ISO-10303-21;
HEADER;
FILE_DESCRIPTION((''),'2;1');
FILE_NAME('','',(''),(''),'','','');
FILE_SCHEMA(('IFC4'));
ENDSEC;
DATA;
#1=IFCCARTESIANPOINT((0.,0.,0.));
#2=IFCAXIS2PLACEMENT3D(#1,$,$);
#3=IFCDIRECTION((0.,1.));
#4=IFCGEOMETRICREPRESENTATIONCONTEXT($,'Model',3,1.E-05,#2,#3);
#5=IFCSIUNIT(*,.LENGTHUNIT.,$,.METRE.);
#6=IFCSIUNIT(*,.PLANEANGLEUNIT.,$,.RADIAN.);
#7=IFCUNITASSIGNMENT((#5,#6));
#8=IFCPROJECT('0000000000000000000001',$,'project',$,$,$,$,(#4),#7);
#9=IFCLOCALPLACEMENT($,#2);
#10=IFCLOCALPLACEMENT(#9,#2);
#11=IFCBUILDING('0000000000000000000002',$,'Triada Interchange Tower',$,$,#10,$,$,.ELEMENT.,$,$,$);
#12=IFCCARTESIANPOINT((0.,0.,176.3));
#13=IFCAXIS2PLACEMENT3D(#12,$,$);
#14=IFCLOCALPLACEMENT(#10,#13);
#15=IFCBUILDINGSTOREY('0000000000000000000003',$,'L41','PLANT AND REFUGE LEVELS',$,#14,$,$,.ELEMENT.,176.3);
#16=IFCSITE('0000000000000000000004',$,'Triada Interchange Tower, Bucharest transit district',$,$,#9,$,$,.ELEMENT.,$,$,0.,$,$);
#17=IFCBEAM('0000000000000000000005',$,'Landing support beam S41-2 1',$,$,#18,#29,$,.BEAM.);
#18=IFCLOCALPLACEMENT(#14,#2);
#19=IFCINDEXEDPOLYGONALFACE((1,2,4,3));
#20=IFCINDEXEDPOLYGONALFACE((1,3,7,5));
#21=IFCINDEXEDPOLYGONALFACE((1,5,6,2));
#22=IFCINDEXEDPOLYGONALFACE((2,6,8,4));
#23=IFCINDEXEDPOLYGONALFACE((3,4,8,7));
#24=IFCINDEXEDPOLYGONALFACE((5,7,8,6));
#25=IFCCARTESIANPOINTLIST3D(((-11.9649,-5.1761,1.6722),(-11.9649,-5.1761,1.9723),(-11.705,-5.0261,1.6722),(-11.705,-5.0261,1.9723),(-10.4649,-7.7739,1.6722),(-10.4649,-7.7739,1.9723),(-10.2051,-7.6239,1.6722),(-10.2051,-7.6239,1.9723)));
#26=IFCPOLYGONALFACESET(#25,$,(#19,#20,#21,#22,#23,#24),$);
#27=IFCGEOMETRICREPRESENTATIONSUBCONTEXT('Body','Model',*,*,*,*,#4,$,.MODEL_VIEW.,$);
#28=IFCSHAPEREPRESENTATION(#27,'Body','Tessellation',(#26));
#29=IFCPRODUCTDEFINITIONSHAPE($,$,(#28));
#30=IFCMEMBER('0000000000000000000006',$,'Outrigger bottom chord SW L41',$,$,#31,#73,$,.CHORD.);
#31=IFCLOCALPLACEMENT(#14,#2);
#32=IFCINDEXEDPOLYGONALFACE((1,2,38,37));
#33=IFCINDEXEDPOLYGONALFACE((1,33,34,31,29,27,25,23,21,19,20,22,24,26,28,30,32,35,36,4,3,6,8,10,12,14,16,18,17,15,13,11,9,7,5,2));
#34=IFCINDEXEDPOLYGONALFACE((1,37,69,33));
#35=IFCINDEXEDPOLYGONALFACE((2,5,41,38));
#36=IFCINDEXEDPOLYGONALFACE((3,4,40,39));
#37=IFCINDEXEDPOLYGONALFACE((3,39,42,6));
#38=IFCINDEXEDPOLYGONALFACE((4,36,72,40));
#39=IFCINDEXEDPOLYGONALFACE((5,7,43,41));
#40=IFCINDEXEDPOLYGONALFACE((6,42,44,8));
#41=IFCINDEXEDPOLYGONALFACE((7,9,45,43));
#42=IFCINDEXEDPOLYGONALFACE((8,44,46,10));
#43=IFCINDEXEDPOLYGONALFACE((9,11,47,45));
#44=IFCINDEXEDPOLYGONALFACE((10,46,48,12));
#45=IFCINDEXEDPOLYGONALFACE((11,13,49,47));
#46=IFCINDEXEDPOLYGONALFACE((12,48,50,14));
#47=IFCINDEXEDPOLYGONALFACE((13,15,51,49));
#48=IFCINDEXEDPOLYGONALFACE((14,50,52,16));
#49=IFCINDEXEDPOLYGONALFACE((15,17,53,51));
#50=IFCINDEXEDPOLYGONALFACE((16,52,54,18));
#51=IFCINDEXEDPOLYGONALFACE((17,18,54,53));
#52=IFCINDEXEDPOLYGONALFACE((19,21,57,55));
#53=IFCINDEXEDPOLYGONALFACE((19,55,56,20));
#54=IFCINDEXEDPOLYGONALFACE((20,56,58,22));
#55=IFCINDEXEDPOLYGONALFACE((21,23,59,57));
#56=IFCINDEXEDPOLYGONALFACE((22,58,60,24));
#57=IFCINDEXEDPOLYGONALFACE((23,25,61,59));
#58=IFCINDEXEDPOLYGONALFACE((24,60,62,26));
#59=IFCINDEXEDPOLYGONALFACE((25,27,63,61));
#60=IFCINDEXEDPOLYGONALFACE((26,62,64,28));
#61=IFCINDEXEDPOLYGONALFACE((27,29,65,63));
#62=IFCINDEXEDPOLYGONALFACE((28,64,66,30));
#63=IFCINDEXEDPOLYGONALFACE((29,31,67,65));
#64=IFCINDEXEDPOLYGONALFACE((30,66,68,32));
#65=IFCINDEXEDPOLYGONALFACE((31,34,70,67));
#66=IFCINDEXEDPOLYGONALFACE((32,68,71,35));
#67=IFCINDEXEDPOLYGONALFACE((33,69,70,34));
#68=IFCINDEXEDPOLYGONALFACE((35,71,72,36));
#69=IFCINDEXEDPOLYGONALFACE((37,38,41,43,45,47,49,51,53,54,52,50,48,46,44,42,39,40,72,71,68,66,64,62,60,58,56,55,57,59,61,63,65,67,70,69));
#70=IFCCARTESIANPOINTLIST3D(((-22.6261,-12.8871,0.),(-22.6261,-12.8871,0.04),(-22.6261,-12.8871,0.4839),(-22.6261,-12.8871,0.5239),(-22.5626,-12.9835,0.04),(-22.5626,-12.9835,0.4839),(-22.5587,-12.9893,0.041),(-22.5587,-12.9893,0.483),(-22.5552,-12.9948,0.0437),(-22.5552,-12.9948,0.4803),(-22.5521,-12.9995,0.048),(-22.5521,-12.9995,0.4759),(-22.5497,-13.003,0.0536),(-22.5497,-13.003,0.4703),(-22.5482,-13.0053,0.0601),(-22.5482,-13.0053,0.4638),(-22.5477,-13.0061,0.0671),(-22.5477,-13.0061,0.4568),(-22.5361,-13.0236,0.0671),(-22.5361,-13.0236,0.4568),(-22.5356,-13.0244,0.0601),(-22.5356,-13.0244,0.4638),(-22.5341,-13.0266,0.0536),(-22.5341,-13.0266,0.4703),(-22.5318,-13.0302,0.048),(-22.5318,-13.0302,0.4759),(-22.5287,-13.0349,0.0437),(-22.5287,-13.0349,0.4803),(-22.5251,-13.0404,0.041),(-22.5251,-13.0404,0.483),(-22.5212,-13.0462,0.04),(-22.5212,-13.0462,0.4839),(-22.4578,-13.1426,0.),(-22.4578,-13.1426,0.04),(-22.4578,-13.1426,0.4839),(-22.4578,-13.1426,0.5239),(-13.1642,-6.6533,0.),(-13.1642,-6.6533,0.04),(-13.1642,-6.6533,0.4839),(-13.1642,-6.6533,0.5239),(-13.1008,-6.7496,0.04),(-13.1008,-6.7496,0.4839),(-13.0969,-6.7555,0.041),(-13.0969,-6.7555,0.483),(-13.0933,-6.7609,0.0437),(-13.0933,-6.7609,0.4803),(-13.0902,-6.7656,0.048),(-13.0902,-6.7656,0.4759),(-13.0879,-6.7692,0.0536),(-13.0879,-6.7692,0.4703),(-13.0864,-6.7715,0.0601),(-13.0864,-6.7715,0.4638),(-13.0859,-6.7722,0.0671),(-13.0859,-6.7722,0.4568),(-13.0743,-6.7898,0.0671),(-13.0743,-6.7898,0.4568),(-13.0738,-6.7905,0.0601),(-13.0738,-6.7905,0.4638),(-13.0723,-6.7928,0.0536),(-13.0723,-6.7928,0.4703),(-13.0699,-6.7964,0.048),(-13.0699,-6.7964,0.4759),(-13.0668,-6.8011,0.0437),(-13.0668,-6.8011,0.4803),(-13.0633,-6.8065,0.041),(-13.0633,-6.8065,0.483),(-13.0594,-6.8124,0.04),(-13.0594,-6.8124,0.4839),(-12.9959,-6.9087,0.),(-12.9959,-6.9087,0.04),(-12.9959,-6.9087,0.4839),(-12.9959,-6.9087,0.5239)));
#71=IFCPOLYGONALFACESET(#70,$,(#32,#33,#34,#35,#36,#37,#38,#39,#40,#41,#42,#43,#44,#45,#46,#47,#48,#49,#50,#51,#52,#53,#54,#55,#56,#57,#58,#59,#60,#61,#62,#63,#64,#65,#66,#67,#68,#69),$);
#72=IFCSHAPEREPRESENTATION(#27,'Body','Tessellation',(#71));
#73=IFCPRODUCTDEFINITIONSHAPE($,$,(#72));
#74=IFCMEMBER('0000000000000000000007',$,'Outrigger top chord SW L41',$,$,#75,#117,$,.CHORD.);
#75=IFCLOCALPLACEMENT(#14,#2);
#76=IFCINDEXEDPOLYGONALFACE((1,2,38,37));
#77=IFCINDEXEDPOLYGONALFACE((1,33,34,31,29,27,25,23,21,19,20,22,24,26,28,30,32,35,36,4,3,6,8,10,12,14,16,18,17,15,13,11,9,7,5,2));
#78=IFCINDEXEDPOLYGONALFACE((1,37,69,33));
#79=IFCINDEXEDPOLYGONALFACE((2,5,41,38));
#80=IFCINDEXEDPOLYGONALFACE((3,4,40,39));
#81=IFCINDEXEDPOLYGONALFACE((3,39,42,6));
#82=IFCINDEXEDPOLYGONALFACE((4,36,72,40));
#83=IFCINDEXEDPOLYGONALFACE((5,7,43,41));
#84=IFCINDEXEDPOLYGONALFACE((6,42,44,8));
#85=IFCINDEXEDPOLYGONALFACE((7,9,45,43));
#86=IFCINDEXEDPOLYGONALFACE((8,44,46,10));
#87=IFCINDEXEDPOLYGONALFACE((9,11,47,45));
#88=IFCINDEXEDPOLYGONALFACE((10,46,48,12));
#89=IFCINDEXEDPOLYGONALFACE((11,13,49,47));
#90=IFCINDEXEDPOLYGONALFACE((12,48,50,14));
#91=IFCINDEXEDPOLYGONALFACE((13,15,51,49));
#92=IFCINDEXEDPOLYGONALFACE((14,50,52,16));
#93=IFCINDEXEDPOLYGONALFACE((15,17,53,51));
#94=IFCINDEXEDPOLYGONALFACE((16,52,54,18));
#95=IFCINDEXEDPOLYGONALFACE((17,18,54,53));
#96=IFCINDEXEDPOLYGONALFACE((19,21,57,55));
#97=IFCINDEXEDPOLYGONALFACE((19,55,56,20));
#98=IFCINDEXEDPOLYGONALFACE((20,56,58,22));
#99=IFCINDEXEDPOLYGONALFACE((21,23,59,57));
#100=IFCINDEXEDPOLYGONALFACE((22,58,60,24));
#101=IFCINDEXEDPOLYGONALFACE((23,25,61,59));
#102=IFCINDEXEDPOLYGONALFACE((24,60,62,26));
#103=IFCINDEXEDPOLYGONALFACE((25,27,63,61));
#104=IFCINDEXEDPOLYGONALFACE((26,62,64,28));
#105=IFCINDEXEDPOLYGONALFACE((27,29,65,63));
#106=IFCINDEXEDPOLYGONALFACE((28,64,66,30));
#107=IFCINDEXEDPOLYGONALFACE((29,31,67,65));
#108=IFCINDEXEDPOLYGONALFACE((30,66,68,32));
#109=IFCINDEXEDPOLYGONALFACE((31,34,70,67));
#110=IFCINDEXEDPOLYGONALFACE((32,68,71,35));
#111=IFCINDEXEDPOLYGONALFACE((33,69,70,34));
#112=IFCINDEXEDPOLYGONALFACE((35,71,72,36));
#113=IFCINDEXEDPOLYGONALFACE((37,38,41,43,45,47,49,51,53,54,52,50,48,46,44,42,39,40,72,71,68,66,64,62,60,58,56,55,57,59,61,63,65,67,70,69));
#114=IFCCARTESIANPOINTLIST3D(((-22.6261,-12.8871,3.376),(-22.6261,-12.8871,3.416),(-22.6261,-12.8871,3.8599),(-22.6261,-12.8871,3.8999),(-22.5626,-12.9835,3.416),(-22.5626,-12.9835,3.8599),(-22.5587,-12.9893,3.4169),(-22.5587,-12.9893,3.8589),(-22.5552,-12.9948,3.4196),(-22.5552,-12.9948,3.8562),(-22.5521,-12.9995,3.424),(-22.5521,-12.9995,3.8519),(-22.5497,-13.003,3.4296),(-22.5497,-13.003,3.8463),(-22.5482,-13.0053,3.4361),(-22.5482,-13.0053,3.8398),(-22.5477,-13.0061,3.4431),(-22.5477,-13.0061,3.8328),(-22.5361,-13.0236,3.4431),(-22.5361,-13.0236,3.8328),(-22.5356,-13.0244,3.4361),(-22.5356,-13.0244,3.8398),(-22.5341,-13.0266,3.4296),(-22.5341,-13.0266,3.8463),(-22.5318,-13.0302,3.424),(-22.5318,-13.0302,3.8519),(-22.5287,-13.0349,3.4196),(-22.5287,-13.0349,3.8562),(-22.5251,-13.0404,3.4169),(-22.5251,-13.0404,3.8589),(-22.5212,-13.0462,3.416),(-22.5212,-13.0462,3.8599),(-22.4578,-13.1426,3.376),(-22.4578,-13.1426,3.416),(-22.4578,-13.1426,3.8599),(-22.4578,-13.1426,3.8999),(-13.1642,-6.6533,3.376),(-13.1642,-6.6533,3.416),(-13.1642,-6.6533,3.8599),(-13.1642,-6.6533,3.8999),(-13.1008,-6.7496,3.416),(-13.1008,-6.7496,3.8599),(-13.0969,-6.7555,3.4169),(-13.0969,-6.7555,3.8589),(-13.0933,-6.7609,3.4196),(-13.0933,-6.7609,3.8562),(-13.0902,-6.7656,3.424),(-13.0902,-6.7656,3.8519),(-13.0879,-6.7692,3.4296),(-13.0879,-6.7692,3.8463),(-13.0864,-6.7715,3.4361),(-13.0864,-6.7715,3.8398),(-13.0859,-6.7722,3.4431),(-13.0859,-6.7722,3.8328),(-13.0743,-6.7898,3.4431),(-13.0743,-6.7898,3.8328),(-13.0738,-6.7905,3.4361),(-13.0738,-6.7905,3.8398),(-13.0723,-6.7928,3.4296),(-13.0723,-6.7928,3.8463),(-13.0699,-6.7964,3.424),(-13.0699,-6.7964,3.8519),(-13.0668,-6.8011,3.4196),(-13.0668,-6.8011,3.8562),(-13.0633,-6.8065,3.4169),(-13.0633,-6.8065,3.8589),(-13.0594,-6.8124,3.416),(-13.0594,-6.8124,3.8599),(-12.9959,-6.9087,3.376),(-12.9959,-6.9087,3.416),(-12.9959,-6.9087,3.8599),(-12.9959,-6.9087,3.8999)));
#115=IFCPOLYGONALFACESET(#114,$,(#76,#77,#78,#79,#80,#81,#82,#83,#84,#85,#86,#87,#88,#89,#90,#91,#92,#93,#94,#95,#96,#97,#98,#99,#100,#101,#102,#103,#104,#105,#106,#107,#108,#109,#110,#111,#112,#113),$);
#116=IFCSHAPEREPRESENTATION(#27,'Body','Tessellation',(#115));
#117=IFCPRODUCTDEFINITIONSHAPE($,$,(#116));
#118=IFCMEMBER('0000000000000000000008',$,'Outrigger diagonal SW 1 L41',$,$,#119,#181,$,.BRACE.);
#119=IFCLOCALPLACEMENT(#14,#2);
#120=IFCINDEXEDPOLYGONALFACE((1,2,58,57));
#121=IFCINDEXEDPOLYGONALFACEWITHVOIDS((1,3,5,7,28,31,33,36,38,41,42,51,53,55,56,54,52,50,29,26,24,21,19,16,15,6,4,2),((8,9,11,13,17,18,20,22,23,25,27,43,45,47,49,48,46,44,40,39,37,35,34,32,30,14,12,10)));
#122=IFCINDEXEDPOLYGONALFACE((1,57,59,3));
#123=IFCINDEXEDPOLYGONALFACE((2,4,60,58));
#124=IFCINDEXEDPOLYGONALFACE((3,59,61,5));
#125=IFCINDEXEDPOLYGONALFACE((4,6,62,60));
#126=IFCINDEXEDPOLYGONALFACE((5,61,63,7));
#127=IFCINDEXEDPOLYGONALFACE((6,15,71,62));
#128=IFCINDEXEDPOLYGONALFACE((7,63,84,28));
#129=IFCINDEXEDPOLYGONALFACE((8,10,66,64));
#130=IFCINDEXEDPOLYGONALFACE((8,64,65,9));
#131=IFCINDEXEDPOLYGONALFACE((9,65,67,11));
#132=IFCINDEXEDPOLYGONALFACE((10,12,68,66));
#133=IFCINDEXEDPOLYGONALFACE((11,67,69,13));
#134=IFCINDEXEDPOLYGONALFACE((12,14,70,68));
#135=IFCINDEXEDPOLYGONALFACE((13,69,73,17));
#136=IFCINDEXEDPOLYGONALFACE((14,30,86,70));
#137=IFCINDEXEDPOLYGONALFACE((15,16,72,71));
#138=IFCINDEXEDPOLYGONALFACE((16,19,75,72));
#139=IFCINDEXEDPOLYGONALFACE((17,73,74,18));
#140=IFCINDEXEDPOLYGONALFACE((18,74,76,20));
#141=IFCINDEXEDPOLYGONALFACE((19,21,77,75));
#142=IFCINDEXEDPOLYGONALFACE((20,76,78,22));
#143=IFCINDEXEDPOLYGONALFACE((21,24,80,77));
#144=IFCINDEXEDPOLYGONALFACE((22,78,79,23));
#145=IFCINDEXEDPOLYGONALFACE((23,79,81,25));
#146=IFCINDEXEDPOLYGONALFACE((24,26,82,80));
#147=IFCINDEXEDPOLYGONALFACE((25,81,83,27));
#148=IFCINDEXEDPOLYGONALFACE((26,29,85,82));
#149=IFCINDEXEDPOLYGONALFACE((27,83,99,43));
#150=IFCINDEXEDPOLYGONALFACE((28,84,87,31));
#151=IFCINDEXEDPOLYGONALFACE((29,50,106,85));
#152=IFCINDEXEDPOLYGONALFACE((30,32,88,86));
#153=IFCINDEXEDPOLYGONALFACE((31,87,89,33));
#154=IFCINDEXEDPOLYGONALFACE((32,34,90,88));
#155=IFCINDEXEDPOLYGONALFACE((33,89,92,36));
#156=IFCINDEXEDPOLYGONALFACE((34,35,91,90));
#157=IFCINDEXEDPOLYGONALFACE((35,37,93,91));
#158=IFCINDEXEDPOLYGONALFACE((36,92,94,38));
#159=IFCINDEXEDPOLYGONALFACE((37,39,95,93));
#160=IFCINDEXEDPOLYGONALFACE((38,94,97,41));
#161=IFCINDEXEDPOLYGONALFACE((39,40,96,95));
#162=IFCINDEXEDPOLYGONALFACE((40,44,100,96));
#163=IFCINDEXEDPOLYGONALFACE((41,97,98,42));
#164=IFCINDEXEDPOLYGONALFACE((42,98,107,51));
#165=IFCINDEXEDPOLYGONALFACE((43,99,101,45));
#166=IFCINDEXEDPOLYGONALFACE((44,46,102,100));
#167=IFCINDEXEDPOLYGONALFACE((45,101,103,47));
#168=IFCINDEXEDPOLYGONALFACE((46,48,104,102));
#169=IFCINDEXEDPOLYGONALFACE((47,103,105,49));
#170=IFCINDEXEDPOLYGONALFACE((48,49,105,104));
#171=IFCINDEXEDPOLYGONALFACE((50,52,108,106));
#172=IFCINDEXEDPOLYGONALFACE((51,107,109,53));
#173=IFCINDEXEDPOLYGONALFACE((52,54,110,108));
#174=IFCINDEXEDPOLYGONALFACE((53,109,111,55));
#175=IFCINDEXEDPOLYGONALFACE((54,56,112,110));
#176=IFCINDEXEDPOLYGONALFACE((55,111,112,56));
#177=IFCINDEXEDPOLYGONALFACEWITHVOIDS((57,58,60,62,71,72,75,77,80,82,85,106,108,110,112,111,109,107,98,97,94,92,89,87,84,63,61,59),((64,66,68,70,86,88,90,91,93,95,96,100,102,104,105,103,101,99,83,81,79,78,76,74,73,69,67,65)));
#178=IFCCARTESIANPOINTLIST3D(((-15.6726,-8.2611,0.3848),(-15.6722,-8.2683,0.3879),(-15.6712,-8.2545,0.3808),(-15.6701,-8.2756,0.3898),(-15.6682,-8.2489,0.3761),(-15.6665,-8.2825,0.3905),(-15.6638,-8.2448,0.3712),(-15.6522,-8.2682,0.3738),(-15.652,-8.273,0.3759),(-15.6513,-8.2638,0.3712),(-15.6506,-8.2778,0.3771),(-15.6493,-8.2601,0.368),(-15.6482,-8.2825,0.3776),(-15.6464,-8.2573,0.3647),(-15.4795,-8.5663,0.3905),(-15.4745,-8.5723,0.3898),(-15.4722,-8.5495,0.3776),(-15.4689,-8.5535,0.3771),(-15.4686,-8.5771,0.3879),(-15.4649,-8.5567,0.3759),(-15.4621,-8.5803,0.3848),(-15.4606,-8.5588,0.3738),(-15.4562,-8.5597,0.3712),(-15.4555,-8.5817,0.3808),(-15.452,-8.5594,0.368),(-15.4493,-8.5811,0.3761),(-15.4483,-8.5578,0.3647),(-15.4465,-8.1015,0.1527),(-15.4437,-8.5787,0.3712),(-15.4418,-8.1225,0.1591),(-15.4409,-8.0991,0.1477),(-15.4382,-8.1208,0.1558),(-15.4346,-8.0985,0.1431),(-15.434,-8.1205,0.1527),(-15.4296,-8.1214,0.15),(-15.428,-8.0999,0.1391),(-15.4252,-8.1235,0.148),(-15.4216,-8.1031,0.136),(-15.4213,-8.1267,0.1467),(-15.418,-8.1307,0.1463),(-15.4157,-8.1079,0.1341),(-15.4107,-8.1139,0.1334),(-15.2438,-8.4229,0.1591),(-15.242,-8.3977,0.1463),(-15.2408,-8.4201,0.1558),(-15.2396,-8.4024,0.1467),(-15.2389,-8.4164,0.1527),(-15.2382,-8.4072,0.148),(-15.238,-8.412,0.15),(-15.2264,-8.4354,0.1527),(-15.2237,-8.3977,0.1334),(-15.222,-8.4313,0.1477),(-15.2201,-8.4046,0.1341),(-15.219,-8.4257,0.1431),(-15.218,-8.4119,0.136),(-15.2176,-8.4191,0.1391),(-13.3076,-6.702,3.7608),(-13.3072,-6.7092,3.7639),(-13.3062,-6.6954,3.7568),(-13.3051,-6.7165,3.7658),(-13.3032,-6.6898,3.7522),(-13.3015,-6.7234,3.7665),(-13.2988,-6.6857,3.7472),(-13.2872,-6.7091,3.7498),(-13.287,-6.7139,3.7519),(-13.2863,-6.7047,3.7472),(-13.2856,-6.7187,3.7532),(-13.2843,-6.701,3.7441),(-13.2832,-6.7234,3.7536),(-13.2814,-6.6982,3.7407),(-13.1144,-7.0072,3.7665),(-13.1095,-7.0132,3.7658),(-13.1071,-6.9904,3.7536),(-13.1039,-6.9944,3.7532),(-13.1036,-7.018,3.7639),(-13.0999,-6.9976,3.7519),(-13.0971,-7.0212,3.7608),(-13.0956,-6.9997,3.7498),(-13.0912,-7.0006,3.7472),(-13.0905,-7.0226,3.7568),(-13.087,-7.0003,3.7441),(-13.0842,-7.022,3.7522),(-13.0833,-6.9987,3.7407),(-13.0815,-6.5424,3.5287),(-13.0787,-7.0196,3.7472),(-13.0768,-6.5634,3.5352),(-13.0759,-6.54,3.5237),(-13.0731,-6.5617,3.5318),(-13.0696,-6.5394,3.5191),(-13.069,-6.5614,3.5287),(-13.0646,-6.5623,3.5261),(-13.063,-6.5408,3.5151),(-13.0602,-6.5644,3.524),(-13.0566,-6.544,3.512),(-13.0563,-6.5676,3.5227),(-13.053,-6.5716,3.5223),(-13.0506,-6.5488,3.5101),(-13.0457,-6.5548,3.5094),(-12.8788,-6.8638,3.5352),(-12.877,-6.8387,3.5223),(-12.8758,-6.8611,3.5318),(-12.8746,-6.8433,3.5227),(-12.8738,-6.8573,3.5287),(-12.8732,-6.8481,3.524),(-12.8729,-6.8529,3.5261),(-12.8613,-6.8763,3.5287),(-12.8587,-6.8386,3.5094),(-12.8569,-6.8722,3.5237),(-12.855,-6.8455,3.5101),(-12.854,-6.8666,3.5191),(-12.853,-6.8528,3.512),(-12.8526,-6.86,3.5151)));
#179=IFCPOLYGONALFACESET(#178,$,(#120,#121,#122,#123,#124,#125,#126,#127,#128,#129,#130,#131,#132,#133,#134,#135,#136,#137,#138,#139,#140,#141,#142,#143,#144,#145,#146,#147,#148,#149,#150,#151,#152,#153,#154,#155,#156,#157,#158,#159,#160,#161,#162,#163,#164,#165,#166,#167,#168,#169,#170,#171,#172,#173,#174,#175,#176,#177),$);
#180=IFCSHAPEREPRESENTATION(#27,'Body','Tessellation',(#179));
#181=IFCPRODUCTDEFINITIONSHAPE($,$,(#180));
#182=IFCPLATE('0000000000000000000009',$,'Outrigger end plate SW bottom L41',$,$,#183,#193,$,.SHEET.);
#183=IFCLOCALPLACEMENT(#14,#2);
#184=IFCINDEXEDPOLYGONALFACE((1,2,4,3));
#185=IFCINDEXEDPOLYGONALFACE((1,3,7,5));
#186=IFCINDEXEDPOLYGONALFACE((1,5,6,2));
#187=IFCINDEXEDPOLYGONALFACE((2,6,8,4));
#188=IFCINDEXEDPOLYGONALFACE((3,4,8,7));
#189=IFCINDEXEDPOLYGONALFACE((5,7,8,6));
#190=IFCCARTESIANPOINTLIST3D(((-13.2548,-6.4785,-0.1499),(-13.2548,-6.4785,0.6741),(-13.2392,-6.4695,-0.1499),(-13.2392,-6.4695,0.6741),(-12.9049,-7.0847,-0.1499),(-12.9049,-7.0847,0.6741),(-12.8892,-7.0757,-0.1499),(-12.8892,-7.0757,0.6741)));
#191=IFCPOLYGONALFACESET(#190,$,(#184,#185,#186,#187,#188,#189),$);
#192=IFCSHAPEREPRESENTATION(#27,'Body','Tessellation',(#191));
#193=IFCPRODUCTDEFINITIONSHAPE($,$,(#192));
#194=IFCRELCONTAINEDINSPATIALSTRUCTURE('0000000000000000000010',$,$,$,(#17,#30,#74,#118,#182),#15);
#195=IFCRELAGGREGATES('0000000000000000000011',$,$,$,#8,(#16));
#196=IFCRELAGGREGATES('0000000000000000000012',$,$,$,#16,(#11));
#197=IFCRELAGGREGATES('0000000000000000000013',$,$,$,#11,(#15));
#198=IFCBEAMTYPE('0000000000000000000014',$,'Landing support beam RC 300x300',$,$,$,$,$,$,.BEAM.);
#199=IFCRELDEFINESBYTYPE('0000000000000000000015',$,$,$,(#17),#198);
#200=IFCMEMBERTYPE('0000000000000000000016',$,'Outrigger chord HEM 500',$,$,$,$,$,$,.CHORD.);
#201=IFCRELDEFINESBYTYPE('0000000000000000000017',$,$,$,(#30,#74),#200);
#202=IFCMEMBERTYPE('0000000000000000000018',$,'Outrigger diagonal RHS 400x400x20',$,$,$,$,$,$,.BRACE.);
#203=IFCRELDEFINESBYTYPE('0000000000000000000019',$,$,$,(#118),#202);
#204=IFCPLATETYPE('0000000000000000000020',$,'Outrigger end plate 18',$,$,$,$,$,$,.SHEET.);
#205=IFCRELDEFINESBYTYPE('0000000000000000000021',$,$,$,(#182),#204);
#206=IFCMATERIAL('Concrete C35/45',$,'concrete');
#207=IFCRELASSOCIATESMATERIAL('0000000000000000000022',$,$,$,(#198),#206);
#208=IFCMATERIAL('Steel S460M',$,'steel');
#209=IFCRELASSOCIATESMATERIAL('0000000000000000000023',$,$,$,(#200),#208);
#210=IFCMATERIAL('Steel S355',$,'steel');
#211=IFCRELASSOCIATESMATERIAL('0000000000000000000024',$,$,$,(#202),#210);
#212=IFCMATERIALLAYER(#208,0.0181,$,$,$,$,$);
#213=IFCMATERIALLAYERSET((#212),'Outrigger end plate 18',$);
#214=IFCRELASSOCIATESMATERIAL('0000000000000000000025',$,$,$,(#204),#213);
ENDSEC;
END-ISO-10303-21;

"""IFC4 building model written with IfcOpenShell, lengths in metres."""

from ifc_helpers import new_model, si_unit, direction, frame, origin, origin_2d, place, context, subcontext, project, spatial, rectangle, hollow_rectangle, i_section, extrude, material, layer, layer_set, material_profile, profile_set, type_object, element, save


model = new_model("IFC4")

# Units and contexts
model_context = context("Model", 3, precision=1e-05, world=origin(), true_north=direction((0.0, 1.0)))
body_context = subcontext(model_context, "Body", "Model", "MODEL_VIEW")
ifc_project = project(units=[si_unit("LENGTHUNIT", "METRE"), si_unit("PLANEANGLEUNIT", "RADIAN")], contexts=[model_context])

# Site, building, storey
site_placement = place(None, origin())
site = spatial("IfcSite", under=ifc_project, at=site_placement, Name="Triada Interchange Tower, Bucharest transit district", CompositionType="ELEMENT", RefElevation=0.0)
building_placement = place(site_placement, origin())
building = spatial("IfcBuilding", under=site, at=building_placement, Name="Triada Interchange Tower", CompositionType="ELEMENT")
storey_placement = place(building_placement, frame((0.0, 0.0, 176.3)))
storey = spatial("IfcBuildingStorey", under=building, at=storey_placement, Name="L41", Description="PLANT AND REFUGE LEVELS", CompositionType="ELEMENT", Elevation=176.3)

# Beam
ifc_material_1 = material(Name="Concrete C35/45", Category="concrete")
ifc_material_profile_1 = material_profile(ifc_material_1, rectangle(XDim=0.3, YDim=0.3, at=origin_2d()), Name="RC 300x300")
ifc_profile_set_1 = profile_set([ifc_material_profile_1], Name="Concrete C35/45")
beam_type = type_object("IfcBeamType", Name="Landing support beam RC 300x300", PredefinedType="BEAM", material=ifc_profile_set_1)
beam_placement = place(storey_placement, frame((-11.835, -5.1011, 1.8223), z_axis=(0.500025, -0.866011, 0.0), x_axis=(0.866011, 0.500025, 0.0)))
element("IfcBeam", 1, at=beam_placement, inside=storey, type_object=beam_type, Name="Landing support beam S41-2 1", PredefinedType="BEAM", context=body_context, shape_type="SweptSolid", body=[
    extrude(rectangle(XDim=0.3, YDim=0.3, at=origin_2d()), origin(), (0.0, 0.0, 1.0), 2.9998),
])

# Members
ifc_material_2 = material(Name="Steel S460M", Category="steel")
ifc_material_profile_2 = material_profile(ifc_material_2, i_section(OverallWidth=0.3059, OverallDepth=0.5239, WebThickness=0.021, FlangeThickness=0.04, FilletRadius=0.0271, at=origin_2d()), Name="HEM 500")
ifc_profile_set_2 = profile_set([ifc_material_profile_2], Name="Steel S460M")
member_type_1 = type_object("IfcMemberType", Name="Outrigger chord HEM 500", PredefinedType="CHORD", material=ifc_profile_set_2)
for number, where, z_axis, x_axis, name in (
    (2, (-13.0801, -6.781, 0.262), (-0.835054, -0.550167, 0.0), (0.550167, -0.835054, 0.0), "Outrigger bottom chord SW L41"),
    (3, (-13.0801, -6.781, 3.6379), (-0.835054, -0.550167, 0.0), (0.550167, -0.835054, 0.0), "Outrigger top chord SW L41"),
):
    element("IfcMember", number, at=place(storey_placement, frame(where, z_axis=z_axis, x_axis=x_axis)), inside=storey, type_object=member_type_1, Name=name, PredefinedType="CHORD", context=body_context, shape_type="SweptSolid", body=[
        extrude(i_section(OverallWidth=0.3059, OverallDepth=0.5239, WebThickness=0.021, FlangeThickness=0.04, FilletRadius=0.0271, at=origin_2d()), origin(), (0.0, 0.0, 1.0), 11.3308),
    ])
ifc_material_3 = material(Name="Steel S355", Category="steel")
ifc_material_profile_3 = material_profile(ifc_material_3, hollow_rectangle(XDim=0.3999, YDim=0.3999, WallThickness=0.02, InnerFilletRadius=0.02, OuterFilletRadius=0.03, at=origin_2d()), Name="RHS 400x400x20")
ifc_profile_set_3 = profile_set([ifc_material_profile_3], Name="Steel S355")
member_type_2 = type_object("IfcMemberType", Name="Outrigger diagonal RHS 400x400x20", PredefinedType="BRACE", material=ifc_profile_set_3)
member_placement = place(storey_placement, frame((-13.0801, -6.781, 3.6379), z_axis=(-0.536651, -0.353779, -0.766059), x_axis=(0.550397, -0.834903, 0.0)))
element("IfcMember", 4, at=member_placement, inside=storey, type_object=member_type_2, Name="Outrigger diagonal SW 1 L41", PredefinedType="BRACE", context=body_context, shape_type="SweptSolid", body=[
    extrude(hollow_rectangle(XDim=0.3999, YDim=0.3999, WallThickness=0.02, InnerFilletRadius=0.02, OuterFilletRadius=0.03, at=origin_2d()), origin(), (0.0, 0.0, 1.0), 4.407),
])

# Plate
ifc_layer_1 = layer(ifc_material_2, 0.0181)
ifc_layer_set_1 = layer_set([ifc_layer_1], Name="Outrigger end plate 18")
plate_type = type_object("IfcPlateType", Name="Outrigger end plate 18", PredefinedType="SHEET", material=ifc_layer_set_1)
for number, where, z_axis, x_axis, name in (
    (5, (-13.072, -6.7771, -0.1499), (0.0, 0.0, 1.0), (-0.866025, -0.5, 0.0), "Outrigger end plate SW bottom L41"),
):
    element("IfcPlate", number, at=place(storey_placement, frame(where, z_axis=z_axis, x_axis=x_axis)), inside=storey, type_object=plate_type, Name=name, PredefinedType="SHEET", context=body_context, shape_type="SweptSolid", body=[
        extrude(rectangle(XDim=0.0181, YDim=0.7, at=origin_2d()), origin(), (0.0, 0.0, 1.0), 0.824),
    ])

save(model, "model.ifc")
